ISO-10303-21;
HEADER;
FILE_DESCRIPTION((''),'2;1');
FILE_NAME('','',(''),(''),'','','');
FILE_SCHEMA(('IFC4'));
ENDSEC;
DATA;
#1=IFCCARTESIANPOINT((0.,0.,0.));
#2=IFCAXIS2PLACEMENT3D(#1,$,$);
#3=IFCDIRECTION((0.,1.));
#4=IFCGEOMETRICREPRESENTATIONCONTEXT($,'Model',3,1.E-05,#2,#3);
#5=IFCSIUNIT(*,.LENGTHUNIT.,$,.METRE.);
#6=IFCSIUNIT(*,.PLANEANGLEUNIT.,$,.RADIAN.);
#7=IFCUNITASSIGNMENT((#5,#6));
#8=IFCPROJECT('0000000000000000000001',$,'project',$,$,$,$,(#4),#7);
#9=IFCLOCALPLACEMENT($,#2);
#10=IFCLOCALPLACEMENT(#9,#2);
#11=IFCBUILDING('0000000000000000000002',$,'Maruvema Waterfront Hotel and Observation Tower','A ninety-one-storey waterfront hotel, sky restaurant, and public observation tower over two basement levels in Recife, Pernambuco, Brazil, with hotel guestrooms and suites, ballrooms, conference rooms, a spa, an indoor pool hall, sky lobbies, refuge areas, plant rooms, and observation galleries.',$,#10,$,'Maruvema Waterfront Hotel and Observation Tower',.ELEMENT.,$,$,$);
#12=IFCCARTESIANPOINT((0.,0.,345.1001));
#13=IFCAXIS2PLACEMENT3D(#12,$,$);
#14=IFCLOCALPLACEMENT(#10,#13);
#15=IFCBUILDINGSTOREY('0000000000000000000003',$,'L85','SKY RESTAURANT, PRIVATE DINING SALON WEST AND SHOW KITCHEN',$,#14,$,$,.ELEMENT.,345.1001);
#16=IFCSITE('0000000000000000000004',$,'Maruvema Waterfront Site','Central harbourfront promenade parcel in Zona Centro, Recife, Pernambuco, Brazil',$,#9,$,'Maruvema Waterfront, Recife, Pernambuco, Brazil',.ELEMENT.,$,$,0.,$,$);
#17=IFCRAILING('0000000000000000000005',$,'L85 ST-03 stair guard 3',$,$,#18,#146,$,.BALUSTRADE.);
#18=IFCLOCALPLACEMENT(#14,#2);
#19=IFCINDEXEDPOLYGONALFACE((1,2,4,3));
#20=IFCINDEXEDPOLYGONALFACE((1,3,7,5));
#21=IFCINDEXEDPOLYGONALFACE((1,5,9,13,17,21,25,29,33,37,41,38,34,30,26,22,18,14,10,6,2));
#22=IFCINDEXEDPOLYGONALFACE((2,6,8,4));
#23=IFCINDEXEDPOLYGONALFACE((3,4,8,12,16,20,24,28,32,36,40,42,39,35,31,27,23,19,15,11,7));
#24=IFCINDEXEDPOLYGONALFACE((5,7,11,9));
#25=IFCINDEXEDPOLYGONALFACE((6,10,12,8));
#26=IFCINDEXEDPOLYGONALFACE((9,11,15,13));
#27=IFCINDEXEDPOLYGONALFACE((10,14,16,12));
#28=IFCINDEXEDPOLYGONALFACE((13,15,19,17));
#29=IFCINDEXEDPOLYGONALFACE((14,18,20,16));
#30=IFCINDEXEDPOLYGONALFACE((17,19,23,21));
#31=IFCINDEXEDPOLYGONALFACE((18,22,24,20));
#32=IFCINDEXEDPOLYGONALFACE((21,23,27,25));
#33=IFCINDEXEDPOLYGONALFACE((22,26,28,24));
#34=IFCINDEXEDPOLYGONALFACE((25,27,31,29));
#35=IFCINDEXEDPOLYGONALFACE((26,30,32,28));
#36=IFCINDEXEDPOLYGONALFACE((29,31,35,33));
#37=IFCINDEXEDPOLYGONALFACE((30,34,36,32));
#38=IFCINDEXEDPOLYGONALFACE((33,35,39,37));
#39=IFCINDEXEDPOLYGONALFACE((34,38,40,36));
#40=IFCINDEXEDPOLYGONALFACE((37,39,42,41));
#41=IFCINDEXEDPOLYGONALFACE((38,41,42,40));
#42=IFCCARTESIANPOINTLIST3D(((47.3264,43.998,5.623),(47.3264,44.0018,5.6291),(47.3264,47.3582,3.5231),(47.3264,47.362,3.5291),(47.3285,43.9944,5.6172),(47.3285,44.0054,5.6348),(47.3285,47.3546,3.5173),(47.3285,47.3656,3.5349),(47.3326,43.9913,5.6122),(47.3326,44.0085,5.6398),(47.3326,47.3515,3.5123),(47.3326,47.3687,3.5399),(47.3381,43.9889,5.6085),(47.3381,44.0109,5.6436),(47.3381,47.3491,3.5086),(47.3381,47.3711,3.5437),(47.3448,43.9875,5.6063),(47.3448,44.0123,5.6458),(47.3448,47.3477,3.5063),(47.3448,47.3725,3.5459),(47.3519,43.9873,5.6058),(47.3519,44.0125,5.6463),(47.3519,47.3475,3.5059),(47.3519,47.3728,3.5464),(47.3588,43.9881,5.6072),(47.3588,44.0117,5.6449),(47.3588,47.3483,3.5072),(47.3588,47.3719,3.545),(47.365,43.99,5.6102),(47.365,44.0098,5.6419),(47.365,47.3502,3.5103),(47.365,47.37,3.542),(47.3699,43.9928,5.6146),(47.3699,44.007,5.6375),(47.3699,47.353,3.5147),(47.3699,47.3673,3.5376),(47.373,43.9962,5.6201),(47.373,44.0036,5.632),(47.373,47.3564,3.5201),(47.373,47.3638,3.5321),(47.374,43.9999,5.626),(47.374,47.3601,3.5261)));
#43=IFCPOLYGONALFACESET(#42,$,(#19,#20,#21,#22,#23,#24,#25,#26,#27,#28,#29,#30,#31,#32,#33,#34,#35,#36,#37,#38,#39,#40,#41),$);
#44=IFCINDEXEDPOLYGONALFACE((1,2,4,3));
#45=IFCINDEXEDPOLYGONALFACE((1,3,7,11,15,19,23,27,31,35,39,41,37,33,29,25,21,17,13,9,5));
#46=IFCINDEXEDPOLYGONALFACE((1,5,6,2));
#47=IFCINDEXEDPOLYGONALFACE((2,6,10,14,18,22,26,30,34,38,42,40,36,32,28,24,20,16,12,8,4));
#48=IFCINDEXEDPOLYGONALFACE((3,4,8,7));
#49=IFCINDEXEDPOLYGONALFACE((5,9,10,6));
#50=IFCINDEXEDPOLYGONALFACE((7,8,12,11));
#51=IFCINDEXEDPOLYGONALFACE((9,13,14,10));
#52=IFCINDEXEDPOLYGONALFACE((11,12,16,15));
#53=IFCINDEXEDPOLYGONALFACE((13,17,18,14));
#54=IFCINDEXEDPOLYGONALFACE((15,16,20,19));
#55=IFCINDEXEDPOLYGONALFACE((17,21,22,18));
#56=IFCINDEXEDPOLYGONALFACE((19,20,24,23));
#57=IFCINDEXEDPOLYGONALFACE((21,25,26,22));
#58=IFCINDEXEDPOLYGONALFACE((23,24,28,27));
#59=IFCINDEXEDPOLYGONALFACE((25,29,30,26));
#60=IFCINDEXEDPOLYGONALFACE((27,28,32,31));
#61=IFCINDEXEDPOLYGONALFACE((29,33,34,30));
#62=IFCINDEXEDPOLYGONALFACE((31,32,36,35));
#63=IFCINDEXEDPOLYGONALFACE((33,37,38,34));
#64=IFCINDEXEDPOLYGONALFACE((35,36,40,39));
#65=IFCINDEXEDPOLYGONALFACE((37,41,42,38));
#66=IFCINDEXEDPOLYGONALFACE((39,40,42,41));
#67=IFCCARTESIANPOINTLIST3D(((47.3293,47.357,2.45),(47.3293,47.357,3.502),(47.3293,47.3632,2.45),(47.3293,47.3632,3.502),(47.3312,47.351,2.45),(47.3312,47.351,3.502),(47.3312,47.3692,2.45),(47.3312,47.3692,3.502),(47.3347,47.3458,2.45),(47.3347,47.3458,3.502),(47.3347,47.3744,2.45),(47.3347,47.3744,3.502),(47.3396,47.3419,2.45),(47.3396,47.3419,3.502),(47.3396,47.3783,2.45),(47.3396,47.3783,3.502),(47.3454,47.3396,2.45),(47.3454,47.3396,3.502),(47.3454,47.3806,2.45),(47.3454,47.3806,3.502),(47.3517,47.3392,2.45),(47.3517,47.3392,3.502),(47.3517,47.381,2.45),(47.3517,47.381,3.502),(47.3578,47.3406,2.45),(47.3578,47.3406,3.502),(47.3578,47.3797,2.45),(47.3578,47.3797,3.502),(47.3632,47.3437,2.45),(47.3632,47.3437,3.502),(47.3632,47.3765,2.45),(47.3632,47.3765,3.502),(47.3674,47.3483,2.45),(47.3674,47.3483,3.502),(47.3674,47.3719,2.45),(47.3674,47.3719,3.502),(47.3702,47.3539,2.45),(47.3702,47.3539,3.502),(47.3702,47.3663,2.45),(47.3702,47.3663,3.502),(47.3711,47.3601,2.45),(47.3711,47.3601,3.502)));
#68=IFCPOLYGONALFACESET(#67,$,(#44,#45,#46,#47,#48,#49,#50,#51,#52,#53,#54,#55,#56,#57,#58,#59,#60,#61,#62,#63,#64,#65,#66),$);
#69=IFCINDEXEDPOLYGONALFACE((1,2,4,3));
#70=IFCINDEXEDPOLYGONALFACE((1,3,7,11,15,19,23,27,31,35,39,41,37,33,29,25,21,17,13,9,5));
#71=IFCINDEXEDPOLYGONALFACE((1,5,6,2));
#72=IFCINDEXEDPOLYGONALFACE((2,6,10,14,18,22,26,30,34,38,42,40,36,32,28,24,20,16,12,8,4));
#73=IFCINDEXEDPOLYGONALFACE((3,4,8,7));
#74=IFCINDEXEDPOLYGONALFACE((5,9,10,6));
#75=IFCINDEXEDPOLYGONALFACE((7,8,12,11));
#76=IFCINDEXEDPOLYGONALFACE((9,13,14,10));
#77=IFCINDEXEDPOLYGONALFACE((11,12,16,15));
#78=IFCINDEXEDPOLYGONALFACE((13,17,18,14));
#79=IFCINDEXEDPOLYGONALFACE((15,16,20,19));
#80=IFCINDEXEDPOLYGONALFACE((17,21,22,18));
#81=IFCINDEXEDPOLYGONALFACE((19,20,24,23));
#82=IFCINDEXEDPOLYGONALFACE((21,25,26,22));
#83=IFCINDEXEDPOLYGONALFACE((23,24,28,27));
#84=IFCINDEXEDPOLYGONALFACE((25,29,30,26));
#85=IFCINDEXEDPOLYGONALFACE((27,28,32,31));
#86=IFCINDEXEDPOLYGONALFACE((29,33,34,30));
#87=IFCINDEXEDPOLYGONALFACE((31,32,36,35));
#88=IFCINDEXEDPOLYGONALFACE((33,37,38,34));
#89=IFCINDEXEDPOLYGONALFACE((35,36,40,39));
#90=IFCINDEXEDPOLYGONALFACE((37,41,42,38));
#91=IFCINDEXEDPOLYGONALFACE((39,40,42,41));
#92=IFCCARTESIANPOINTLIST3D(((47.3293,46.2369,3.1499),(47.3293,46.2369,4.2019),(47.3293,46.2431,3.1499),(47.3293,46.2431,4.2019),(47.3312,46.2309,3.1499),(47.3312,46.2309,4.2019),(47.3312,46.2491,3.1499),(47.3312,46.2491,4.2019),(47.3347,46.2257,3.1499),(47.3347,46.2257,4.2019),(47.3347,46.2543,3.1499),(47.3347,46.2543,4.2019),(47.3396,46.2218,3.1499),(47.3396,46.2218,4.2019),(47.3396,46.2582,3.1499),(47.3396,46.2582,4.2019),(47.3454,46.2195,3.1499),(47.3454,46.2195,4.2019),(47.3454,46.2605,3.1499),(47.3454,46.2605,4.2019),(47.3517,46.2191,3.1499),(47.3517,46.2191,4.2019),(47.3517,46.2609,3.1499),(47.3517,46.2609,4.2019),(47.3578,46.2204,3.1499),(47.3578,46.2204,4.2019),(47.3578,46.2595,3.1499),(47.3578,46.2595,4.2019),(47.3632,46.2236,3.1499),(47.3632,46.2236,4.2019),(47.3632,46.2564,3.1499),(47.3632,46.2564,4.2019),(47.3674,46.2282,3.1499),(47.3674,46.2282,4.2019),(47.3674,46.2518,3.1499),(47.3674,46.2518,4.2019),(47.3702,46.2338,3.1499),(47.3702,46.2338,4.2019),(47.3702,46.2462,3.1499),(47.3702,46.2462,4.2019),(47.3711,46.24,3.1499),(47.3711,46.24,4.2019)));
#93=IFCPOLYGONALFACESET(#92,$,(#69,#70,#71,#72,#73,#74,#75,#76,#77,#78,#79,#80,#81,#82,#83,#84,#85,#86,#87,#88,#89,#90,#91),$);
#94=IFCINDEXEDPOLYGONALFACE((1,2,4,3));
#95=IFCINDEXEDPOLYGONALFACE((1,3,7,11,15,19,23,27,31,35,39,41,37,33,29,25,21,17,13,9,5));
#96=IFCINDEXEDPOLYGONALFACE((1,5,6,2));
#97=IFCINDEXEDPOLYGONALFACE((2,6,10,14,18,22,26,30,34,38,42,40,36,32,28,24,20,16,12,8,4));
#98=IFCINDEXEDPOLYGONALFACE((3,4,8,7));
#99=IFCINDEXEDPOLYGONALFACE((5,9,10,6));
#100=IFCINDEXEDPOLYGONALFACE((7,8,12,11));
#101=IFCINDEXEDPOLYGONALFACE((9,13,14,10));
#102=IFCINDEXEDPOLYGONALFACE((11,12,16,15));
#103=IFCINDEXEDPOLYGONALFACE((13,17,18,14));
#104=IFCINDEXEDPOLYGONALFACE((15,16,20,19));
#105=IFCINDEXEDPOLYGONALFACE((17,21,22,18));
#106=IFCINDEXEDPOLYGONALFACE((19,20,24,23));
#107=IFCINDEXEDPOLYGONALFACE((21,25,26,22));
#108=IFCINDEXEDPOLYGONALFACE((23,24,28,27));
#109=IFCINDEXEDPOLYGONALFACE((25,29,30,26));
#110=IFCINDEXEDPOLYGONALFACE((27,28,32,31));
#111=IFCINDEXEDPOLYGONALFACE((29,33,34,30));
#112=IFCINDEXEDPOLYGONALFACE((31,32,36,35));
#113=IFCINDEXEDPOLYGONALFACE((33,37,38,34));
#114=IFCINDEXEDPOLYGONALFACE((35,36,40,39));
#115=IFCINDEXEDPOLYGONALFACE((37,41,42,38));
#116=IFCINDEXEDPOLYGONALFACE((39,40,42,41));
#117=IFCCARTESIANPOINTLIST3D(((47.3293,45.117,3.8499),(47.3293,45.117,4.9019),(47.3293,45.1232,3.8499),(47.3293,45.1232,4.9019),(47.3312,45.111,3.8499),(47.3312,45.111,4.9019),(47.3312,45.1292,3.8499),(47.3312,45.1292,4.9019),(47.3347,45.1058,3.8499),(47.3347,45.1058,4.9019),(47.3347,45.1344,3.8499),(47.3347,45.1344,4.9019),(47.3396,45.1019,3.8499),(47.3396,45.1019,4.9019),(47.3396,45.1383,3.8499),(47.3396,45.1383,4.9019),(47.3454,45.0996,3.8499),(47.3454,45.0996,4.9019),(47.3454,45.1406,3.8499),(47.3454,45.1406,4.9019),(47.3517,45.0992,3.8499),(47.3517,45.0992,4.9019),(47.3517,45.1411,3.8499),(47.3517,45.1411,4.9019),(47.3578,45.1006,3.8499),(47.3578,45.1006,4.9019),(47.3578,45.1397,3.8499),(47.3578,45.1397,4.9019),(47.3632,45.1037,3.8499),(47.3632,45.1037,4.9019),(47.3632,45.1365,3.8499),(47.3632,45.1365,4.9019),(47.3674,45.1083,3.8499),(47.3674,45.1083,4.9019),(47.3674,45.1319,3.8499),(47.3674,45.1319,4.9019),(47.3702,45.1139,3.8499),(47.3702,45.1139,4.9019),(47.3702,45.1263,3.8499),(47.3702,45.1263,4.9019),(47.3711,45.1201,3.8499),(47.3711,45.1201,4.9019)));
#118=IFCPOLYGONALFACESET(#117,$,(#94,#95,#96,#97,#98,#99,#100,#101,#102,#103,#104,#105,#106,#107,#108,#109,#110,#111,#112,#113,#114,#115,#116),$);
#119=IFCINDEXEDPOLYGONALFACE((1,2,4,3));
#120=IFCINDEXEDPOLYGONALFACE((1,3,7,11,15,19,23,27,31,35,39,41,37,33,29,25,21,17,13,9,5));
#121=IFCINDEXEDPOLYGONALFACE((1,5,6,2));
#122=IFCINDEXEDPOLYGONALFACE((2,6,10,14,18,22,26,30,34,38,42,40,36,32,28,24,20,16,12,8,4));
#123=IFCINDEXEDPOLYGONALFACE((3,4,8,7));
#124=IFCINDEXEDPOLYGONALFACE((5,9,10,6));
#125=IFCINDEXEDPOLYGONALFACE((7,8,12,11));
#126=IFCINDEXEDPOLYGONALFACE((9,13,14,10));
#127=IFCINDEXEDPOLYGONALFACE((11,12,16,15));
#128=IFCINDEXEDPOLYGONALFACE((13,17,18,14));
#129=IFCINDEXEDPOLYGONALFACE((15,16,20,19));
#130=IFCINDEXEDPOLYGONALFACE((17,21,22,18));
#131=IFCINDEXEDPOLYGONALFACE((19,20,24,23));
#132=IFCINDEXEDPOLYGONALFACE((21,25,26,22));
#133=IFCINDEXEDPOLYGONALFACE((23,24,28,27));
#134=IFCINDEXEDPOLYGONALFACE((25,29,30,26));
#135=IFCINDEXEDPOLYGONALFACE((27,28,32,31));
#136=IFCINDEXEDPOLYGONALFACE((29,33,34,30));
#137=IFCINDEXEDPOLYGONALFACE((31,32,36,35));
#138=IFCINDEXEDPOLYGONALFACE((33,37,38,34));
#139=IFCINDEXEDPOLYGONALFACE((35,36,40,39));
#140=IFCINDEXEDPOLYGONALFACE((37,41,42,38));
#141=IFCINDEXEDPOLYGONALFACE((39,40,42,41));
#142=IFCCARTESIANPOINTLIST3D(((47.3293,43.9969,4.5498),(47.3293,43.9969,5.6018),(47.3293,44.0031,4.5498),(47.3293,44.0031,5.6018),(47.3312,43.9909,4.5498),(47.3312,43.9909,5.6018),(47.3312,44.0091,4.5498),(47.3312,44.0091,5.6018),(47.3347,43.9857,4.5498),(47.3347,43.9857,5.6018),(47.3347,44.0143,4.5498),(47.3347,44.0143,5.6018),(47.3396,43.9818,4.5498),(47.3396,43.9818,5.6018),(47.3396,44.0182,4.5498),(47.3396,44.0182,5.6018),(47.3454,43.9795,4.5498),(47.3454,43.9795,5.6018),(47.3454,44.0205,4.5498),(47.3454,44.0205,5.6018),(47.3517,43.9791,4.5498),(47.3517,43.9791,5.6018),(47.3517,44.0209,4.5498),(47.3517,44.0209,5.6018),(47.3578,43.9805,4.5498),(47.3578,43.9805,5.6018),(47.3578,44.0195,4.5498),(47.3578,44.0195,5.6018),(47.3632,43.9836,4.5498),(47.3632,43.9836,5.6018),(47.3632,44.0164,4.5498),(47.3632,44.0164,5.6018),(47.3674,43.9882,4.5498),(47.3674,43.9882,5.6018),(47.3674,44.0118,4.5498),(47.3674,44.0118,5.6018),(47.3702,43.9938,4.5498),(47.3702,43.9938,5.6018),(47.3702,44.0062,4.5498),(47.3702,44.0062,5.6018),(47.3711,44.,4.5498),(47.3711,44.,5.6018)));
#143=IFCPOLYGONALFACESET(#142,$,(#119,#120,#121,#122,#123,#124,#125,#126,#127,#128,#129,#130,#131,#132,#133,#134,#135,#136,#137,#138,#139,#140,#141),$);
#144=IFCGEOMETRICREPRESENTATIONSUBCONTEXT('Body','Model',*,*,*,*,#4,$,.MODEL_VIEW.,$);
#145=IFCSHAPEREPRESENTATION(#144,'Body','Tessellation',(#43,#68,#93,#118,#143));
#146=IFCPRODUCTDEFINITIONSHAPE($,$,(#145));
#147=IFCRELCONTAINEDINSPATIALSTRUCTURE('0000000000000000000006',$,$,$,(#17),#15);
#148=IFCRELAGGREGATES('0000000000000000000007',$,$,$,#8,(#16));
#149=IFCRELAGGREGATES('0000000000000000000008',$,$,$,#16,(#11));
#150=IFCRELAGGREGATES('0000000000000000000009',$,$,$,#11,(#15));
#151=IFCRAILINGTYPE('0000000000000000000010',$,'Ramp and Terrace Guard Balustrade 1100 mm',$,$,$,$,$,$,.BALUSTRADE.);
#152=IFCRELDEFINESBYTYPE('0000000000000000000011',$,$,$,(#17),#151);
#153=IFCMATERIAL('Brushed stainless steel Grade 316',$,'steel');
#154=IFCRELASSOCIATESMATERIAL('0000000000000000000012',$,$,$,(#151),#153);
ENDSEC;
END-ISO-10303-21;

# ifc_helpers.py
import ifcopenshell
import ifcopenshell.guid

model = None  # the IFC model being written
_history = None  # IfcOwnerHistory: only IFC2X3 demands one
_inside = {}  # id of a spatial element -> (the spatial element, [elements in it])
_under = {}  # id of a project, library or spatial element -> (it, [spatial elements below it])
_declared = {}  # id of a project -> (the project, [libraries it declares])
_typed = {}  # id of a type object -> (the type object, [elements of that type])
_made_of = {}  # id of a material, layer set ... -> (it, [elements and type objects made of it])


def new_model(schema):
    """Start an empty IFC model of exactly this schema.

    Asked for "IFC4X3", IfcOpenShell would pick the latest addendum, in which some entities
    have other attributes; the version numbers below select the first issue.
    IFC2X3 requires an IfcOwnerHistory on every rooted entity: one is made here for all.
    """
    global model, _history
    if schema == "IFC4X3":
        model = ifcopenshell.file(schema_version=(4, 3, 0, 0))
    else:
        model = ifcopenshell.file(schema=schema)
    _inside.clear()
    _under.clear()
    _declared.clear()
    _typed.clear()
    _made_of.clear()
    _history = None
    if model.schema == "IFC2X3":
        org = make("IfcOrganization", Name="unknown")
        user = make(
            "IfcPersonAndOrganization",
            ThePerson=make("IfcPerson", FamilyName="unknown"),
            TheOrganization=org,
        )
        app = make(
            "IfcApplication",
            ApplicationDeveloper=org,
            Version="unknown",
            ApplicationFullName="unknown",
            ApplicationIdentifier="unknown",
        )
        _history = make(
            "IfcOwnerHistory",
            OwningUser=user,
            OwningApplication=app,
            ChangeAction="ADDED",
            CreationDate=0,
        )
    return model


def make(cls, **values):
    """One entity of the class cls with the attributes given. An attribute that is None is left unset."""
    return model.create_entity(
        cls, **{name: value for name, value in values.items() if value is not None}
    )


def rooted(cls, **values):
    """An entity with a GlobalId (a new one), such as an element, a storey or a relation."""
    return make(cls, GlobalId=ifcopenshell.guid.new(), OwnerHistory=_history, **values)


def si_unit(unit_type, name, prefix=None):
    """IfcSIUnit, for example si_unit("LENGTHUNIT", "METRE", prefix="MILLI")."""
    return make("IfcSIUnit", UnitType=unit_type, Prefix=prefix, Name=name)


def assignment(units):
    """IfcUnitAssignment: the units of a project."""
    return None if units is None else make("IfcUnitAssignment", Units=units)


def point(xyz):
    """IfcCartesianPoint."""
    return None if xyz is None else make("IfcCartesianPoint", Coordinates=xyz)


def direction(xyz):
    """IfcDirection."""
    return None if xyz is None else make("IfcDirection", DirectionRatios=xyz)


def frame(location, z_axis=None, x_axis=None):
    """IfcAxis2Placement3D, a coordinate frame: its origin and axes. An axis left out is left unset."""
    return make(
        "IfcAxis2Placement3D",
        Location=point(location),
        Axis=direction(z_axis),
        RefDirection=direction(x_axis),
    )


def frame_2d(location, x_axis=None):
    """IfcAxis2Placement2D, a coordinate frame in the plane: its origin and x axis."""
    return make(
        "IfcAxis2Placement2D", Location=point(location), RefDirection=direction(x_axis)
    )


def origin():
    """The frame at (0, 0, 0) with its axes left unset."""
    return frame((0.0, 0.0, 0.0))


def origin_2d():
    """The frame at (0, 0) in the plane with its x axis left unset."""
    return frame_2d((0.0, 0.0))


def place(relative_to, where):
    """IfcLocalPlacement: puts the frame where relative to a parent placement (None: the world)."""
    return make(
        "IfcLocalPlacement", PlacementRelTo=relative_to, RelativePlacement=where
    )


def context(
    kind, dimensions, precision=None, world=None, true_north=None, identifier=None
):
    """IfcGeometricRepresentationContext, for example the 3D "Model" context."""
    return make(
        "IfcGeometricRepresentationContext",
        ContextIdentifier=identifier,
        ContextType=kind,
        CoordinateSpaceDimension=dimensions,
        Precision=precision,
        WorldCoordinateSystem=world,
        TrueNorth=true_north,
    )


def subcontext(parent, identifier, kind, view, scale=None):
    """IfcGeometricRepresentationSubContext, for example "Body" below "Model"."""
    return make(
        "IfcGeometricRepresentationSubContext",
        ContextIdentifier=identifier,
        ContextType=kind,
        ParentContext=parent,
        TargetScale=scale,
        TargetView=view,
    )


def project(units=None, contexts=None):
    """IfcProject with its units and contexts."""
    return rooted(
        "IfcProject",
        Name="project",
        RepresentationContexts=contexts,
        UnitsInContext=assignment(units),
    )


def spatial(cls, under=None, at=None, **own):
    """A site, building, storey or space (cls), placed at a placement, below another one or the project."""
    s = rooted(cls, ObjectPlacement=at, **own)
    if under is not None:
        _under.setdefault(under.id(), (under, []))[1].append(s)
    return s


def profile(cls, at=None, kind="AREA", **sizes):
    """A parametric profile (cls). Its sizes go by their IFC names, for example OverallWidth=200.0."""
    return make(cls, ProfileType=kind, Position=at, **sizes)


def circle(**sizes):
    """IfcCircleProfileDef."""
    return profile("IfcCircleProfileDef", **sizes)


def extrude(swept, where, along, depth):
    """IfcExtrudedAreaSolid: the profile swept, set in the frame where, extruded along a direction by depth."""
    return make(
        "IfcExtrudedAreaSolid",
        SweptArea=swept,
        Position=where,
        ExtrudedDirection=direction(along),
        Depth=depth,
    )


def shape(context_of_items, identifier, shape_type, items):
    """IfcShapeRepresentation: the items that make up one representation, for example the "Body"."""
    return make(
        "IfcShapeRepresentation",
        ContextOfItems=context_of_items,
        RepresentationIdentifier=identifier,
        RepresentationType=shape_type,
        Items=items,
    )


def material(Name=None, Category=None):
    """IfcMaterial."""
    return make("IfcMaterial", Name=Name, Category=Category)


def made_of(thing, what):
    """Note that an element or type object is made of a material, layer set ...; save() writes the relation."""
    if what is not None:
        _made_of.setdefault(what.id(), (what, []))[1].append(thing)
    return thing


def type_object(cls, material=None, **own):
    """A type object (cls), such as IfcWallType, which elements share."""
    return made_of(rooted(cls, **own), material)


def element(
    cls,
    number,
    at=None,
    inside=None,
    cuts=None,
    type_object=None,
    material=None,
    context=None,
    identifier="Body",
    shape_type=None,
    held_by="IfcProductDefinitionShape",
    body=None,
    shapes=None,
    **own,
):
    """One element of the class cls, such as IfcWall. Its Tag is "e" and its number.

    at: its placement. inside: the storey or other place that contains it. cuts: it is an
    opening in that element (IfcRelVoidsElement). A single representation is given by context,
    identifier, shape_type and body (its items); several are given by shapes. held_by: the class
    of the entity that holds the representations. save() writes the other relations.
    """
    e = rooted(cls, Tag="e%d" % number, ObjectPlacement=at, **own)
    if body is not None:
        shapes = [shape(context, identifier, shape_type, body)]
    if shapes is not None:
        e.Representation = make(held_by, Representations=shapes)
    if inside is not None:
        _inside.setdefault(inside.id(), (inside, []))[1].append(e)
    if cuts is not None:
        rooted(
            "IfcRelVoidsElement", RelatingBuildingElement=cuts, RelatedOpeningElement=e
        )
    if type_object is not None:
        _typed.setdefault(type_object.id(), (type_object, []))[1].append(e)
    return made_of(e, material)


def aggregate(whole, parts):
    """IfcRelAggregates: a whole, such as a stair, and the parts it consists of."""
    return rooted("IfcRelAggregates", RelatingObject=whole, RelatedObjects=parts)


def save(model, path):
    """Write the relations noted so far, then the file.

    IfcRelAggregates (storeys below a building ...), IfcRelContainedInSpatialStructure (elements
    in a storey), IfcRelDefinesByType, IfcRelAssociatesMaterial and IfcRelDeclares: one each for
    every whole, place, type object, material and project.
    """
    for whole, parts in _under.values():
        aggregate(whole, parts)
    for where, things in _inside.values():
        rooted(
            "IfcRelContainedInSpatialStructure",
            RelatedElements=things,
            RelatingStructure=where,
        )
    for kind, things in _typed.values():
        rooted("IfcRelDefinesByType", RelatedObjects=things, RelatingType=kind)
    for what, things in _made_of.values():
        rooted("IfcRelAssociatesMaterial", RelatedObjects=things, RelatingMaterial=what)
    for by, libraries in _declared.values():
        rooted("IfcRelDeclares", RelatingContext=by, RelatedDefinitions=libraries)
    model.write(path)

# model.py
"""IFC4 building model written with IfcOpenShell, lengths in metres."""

from ifc_helpers import new_model, si_unit, direction, frame, origin, origin_2d, place, context, subcontext, project, spatial, circle, extrude, material, type_object, element, save


model = new_model("IFC4")

# Units and contexts
model_context = context("Model", 3, precision=1e-05, world=origin(), true_north=direction((0.0, 1.0)))
body_context = subcontext(model_context, "Body", "Model", "MODEL_VIEW")
ifc_project = project(units=[si_unit("LENGTHUNIT", "METRE"), si_unit("PLANEANGLEUNIT", "RADIAN")], contexts=[model_context])

# Site, building, storey
site_placement = place(None, origin())
site = spatial("IfcSite", under=ifc_project, at=site_placement, Name="Maruvema Waterfront Site", Description="Central harbourfront promenade parcel in Zona Centro, Recife, Pernambuco, Brazil", LongName="Maruvema Waterfront, Recife, Pernambuco, Brazil", CompositionType="ELEMENT", RefElevation=0.0)
building_placement = place(site_placement, origin())
building = spatial("IfcBuilding", under=site, at=building_placement, Name="Maruvema Waterfront Hotel and Observation Tower", Description="A ninety-one-storey waterfront hotel, sky restaurant, and public observation tower over two basement levels in Recife, Pernambuco, Brazil, with hotel guestrooms and suites, ballrooms, conference rooms, a spa, an indoor pool hall, sky lobbies, refuge areas, plant rooms, and observation galleries.", LongName="Maruvema Waterfront Hotel and Observation Tower", CompositionType="ELEMENT")
storey_placement = place(building_placement, frame((0.0, 0.0, 345.1001)))
storey = spatial("IfcBuildingStorey", under=building, at=storey_placement, Name="L85", Description="SKY RESTAURANT, PRIVATE DINING SALON WEST AND SHOW KITCHEN", CompositionType="ELEMENT", Elevation=345.1001)

# Railing
ifc_material_1 = material(Name="Brushed stainless steel Grade 316", Category="steel")
railing_type_1 = type_object("IfcRailingType", Name="Ramp and Terrace Guard Balustrade 1100 mm", PredefinedType="BALUSTRADE", material=ifc_material_1)
railing_1_placement = place(storey_placement, frame((47.3501, 47.3601, 2.45)))
element("IfcRailing", 1, at=railing_1_placement, inside=storey, type_object=railing_type_1, Name="L85 ST-03 stair guard 3", PredefinedType="BALUSTRADE", context=body_context, shape_type="SweptSolid", body=[
    extrude(circle(Radius=0.0239, at=origin_2d()), frame((0.0, 0.0, 1.0762), z_axis=(0.0, -0.848023, 0.52996), x_axis=(1.0, 0.0, 0.0)), (0.0, 0.0, 1.0), 3.9624),
    extrude(circle(Radius=0.021, at=origin_2d()), origin(), (0.0, 0.0, 1.0), 1.052),
    extrude(circle(Radius=0.021, at=origin_2d()), frame((0.0, -1.1201, 0.7)), (0.0, 0.0, 1.0), 1.052),
    extrude(circle(Radius=0.021, at=origin_2d()), frame((0.0, -2.24, 1.3999)), (0.0, 0.0, 1.0), 1.052),
    extrude(circle(Radius=0.021, at=origin_2d()), frame((0.0, -3.3601, 2.0999)), (0.0, 0.0, 1.0), 1.052),
])

save(model, "model.ifc")
